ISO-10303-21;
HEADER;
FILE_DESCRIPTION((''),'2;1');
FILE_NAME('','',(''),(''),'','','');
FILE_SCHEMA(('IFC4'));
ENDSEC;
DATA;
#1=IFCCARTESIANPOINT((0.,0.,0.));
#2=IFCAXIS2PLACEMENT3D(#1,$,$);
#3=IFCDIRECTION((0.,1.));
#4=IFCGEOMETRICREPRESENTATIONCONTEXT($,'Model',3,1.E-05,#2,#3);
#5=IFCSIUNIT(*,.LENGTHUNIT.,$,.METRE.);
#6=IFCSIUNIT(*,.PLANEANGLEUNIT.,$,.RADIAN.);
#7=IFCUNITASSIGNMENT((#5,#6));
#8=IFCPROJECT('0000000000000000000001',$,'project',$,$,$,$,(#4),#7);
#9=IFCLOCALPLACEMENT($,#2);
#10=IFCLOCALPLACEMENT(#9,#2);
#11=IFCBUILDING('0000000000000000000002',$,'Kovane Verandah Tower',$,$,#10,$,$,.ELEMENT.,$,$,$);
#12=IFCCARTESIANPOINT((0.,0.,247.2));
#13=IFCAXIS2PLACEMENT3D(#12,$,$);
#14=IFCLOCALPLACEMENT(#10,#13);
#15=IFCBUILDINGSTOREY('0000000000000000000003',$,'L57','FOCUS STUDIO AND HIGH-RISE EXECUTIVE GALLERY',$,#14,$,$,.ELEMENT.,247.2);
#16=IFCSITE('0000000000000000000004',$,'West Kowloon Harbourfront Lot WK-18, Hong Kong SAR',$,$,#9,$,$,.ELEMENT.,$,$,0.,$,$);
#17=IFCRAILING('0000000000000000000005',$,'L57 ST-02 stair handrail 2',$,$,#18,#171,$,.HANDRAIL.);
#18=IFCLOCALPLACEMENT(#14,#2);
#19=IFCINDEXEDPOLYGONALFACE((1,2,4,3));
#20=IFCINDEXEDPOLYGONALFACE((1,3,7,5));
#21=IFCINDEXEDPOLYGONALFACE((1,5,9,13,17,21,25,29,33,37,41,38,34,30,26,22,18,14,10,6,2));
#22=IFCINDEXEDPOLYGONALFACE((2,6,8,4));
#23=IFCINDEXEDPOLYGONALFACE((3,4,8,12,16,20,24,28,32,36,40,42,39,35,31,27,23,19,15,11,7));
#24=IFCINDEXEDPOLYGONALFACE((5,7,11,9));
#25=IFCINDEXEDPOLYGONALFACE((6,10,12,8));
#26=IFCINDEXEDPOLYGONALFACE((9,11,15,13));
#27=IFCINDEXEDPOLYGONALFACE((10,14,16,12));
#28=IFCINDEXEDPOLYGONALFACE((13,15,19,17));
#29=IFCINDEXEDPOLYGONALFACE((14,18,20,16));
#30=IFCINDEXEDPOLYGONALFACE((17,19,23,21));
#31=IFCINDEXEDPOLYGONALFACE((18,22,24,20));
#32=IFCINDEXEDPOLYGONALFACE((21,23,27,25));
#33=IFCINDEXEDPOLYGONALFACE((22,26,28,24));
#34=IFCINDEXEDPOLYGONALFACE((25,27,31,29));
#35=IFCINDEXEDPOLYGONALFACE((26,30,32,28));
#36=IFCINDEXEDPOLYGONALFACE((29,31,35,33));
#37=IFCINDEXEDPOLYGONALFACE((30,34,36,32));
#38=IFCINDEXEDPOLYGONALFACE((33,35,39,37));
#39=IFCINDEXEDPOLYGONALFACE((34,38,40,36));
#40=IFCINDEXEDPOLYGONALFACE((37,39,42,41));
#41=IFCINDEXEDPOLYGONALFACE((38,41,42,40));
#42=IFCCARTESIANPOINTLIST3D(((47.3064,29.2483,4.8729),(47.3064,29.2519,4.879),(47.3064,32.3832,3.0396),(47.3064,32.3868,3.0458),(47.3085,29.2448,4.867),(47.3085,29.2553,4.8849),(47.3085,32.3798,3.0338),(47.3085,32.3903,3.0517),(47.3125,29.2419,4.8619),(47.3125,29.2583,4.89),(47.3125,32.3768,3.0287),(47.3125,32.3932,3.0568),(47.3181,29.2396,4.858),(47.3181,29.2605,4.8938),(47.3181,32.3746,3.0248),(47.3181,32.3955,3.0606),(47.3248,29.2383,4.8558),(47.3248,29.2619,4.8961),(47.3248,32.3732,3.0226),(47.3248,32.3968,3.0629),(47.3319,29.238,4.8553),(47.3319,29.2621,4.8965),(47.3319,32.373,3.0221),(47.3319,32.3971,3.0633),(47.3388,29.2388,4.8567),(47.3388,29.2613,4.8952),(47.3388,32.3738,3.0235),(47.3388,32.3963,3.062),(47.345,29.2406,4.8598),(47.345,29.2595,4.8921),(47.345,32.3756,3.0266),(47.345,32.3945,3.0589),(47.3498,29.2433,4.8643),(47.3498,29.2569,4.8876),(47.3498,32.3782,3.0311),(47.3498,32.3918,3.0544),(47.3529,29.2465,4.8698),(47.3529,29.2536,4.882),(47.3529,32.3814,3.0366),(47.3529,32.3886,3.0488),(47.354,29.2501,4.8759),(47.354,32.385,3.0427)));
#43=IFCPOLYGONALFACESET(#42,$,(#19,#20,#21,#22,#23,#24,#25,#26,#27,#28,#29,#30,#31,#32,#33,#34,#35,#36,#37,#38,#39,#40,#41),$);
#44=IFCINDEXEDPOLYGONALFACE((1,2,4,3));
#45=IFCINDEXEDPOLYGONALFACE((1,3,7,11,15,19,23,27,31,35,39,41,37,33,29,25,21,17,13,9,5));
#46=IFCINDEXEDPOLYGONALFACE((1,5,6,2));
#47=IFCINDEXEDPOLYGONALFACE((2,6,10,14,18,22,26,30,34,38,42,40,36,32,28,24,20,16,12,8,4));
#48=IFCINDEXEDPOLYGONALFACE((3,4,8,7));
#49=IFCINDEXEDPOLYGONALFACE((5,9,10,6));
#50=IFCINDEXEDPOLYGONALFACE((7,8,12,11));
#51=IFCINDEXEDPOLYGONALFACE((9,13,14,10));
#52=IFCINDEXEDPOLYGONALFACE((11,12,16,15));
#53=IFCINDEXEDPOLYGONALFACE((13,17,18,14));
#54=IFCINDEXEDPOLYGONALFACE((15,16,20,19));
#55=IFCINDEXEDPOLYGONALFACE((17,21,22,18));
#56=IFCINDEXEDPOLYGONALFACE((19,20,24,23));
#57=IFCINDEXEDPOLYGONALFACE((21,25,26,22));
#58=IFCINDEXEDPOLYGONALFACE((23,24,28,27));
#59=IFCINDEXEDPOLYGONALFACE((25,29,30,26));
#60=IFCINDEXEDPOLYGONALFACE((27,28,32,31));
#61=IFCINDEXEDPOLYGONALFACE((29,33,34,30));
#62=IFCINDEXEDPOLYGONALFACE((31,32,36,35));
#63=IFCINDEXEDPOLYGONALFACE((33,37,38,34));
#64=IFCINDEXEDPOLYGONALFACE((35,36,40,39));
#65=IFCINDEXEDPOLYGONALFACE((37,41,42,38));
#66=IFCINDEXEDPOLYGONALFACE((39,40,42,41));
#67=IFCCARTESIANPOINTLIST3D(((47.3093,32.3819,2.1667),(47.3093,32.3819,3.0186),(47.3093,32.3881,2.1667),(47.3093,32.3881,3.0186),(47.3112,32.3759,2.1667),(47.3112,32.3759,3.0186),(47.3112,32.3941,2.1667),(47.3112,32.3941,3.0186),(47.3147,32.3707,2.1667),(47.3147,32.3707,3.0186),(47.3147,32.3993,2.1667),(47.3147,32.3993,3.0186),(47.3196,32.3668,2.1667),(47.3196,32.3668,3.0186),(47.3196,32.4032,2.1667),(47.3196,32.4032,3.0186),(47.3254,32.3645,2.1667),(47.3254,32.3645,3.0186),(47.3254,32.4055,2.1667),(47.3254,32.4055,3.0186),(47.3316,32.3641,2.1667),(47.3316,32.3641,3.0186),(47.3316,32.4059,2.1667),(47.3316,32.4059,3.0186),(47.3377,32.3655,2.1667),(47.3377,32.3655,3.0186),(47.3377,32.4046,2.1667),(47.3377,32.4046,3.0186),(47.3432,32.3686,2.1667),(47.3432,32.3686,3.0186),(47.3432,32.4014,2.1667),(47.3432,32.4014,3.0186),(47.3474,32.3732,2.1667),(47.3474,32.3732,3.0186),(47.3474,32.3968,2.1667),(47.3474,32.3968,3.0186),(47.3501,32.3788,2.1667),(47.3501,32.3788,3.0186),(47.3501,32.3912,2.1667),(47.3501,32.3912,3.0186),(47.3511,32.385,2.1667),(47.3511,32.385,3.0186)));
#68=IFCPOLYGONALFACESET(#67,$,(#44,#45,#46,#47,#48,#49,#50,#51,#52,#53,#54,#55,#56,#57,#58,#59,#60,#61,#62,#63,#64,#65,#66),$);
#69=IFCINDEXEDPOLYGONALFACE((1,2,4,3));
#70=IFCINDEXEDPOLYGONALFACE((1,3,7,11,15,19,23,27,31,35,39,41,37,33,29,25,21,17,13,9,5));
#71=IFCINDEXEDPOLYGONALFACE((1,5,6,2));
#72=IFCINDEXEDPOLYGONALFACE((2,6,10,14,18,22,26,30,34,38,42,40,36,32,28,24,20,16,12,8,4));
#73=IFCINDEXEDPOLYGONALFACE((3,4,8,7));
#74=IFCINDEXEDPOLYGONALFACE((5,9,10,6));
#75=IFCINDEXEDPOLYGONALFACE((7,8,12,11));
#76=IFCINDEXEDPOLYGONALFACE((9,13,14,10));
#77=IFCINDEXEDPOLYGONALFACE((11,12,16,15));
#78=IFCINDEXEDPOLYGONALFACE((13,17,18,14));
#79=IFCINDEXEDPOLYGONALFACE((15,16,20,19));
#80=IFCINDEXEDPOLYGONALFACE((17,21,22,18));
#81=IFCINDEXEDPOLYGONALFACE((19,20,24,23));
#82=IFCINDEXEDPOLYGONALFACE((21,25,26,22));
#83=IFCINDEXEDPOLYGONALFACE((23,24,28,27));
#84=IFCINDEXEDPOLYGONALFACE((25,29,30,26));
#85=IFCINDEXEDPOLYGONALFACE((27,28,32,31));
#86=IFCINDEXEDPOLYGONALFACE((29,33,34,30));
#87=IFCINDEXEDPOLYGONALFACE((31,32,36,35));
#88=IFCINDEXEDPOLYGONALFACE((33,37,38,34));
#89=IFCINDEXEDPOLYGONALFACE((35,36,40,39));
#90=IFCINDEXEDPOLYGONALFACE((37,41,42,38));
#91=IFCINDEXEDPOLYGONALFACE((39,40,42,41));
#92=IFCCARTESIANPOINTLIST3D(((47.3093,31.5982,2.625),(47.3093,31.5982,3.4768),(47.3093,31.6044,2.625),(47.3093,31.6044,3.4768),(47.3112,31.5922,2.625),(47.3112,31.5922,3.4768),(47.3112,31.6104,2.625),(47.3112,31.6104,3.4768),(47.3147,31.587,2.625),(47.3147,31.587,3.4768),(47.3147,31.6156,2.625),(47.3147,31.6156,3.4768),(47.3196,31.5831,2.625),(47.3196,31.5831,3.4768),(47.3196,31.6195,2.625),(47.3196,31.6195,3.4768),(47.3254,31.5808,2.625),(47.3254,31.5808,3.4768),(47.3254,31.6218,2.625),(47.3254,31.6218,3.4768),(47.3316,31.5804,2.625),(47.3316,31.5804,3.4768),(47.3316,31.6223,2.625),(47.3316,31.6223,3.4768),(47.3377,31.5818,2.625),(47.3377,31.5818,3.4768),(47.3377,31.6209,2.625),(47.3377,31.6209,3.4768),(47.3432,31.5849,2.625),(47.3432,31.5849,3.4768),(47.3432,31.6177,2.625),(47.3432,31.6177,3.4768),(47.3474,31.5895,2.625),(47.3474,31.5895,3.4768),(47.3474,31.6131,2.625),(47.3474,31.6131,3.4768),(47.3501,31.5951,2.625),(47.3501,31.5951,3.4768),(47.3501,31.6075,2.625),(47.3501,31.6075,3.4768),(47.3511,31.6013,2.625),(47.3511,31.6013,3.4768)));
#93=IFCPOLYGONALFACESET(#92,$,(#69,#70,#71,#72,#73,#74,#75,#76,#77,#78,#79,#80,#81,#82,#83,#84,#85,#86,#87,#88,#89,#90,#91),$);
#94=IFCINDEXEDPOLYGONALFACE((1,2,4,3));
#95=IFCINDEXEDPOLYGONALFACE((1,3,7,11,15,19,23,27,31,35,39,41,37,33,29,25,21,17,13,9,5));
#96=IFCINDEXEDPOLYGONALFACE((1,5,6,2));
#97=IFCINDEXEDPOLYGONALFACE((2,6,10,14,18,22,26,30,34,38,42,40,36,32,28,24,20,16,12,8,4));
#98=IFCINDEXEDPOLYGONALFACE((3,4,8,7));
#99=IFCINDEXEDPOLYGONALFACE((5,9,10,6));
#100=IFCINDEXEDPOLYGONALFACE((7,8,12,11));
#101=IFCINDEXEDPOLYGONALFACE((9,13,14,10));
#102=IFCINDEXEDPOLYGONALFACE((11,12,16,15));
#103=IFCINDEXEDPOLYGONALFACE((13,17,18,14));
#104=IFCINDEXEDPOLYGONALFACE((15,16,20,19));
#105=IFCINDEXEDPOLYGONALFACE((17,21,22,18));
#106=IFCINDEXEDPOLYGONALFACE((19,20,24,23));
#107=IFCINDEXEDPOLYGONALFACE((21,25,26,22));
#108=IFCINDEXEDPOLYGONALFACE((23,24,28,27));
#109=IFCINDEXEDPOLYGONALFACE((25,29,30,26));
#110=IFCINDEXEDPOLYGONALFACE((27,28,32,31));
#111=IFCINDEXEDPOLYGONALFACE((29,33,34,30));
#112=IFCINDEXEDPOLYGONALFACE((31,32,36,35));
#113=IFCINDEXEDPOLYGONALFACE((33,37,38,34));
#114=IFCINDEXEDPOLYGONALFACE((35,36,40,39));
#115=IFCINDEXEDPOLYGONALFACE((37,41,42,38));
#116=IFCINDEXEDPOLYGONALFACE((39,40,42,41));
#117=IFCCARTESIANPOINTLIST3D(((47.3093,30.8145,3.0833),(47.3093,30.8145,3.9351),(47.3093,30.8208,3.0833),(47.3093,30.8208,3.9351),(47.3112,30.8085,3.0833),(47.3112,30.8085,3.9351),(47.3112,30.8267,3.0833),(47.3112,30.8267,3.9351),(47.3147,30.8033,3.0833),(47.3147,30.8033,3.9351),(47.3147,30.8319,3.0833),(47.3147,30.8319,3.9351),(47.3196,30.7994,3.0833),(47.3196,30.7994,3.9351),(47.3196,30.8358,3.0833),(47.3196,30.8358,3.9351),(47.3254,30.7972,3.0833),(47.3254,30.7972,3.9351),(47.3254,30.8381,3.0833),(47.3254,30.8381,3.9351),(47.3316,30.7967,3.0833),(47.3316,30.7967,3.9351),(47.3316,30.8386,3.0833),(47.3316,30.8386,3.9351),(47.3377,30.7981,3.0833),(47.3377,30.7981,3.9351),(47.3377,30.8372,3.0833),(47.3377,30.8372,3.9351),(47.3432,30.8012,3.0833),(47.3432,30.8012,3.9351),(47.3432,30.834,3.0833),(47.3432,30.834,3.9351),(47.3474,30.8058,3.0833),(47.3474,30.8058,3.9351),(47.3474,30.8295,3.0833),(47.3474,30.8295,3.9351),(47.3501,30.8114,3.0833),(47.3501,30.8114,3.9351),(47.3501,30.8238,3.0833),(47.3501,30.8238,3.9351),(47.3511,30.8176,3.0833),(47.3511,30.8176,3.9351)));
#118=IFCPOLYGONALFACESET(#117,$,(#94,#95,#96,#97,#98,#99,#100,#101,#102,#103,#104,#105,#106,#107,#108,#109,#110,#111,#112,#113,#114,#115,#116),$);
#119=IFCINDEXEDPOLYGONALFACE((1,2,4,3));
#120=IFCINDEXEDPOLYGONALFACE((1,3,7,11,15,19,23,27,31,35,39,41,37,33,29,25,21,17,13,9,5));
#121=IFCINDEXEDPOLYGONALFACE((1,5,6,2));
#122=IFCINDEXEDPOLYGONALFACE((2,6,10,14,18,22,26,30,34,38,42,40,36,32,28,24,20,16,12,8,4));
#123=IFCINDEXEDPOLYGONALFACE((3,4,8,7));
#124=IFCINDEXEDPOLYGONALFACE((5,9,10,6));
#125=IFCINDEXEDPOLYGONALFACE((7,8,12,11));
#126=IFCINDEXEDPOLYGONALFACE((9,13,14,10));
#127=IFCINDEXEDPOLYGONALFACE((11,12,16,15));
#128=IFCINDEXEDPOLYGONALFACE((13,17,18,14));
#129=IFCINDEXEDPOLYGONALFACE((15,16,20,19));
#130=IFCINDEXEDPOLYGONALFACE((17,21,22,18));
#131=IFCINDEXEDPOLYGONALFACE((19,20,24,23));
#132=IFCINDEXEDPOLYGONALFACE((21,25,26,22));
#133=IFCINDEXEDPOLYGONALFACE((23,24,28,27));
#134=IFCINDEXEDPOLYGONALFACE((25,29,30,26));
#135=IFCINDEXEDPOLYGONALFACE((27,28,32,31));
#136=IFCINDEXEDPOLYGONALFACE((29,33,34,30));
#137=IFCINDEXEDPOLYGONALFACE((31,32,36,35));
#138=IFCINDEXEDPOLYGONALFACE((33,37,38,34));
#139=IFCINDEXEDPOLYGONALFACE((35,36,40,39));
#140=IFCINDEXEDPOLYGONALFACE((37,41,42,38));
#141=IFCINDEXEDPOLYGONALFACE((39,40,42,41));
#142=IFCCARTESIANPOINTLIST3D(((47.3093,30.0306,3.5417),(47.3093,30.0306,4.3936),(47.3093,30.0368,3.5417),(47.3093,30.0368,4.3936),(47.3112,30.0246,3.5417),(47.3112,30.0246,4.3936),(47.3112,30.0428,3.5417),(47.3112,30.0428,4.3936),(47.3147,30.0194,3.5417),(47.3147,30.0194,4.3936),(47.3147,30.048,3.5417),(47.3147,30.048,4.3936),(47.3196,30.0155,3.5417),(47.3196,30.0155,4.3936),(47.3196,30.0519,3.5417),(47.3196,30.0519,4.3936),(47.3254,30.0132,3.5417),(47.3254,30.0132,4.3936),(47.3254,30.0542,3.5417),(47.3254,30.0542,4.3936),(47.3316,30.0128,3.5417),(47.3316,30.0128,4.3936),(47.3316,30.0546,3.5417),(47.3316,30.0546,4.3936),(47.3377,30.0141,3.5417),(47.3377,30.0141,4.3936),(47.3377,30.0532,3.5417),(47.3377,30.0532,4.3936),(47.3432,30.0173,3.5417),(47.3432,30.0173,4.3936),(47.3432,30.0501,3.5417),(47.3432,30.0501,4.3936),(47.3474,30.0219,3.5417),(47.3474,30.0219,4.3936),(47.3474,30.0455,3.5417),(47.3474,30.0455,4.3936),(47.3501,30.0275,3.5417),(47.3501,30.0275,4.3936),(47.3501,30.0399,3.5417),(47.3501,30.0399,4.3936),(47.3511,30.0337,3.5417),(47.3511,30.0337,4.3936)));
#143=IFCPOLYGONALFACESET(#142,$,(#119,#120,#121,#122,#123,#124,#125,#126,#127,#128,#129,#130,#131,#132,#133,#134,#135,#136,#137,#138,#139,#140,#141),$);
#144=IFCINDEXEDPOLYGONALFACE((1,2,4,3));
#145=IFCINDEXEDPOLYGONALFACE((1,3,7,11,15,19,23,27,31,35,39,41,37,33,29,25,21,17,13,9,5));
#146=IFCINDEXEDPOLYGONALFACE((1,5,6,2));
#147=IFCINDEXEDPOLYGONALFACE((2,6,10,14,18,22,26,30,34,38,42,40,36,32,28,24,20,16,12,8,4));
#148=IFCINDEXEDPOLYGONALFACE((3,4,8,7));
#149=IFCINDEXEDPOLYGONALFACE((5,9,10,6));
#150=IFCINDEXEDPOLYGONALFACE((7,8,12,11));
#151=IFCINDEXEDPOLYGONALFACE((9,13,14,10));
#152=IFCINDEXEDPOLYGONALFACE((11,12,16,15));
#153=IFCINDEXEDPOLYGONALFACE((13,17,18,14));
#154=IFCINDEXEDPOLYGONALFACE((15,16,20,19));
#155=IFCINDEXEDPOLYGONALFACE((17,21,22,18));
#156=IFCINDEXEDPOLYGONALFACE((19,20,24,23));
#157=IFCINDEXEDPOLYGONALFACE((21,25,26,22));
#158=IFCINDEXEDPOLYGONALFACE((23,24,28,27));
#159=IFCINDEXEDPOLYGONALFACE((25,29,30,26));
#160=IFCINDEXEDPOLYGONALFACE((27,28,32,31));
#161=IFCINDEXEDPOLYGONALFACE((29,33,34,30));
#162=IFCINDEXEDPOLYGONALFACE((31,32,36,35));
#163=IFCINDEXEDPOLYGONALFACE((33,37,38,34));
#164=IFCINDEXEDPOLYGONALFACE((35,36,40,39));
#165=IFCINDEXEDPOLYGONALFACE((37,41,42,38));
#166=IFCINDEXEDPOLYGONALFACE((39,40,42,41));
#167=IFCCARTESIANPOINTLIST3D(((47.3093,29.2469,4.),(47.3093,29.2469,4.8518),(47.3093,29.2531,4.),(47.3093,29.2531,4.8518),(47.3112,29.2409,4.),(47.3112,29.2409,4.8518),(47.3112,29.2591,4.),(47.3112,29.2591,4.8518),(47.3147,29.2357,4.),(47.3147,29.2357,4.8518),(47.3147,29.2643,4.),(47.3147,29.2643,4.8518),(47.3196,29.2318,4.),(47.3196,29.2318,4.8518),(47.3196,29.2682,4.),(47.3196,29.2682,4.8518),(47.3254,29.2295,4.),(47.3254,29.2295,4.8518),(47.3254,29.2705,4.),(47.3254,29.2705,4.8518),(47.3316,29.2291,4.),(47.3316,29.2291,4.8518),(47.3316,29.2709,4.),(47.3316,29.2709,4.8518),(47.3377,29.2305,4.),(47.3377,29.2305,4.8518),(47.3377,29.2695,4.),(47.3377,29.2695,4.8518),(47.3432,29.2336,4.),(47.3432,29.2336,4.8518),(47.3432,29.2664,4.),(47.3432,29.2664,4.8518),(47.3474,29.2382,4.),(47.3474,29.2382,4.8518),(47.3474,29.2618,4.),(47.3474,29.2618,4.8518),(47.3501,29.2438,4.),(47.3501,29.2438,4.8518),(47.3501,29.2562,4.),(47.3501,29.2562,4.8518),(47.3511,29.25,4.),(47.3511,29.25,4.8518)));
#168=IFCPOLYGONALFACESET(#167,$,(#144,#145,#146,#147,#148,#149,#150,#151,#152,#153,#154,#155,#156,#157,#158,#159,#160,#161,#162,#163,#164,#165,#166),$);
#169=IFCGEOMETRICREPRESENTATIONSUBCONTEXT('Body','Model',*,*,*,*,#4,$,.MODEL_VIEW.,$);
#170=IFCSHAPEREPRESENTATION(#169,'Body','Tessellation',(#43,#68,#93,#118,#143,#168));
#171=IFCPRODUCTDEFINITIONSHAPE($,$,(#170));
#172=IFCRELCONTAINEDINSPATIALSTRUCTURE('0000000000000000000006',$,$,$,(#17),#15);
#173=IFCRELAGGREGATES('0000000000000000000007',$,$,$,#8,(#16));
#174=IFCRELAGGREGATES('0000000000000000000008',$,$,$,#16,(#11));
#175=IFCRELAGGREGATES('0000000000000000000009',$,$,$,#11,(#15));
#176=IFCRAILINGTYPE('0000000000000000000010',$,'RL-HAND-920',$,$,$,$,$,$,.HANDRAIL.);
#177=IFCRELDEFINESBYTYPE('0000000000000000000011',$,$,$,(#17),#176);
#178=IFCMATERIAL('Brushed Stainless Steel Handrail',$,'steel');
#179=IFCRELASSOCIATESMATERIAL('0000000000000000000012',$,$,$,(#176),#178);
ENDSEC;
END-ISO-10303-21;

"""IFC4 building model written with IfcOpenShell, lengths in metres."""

from ifc_helpers import new_model, si_unit, direction, frame, origin, origin_2d, place, context, subcontext, project, spatial, circle, extrude, material, type_object, element, save


model = new_model("IFC4")

# Units and contexts
model_context = context("Model", 3, precision=1e-05, world=origin(), true_north=direction((0.0, 1.0)))
body_context = subcontext(model_context, "Body", "Model", "MODEL_VIEW")
ifc_project = project(units=[si_unit("LENGTHUNIT", "METRE"), si_unit("PLANEANGLEUNIT", "RADIAN")], contexts=[model_context])

# Site, building, storey
site_placement = place(None, origin())
site = spatial("IfcSite", under=ifc_project, at=site_placement, Name="West Kowloon Harbourfront Lot WK-18, Hong Kong SAR", CompositionType="ELEMENT", RefElevation=0.0)
building_placement = place(site_placement, origin())
building = spatial("IfcBuilding", under=site, at=building_placement, Name="Kovane Verandah Tower", CompositionType="ELEMENT")
storey_placement = place(building_placement, frame((0.0, 0.0, 247.2)))
storey = spatial("IfcBuildingStorey", under=building, at=storey_placement, Name="L57", Description="FOCUS STUDIO AND HIGH-RISE EXECUTIVE GALLERY", CompositionType="ELEMENT", Elevation=247.2)

# Railing
ifc_material_1 = material(Name="Brushed Stainless Steel Handrail", Category="steel")
railing_type_1 = type_object("IfcRailingType", Name="RL-HAND-920", PredefinedType="HANDRAIL", material=ifc_material_1)
railing_1_placement = place(storey_placement, frame((47.3301, 32.385, 2.1667)))
element("IfcRailing", 1, at=railing_1_placement, inside=storey, type_object=railing_type_1, Name="L57 ST-02 stair handrail 2", PredefinedType="HANDRAIL", context=body_context, shape_type="SweptSolid", body=[
    extrude(circle(Radius=0.0239, at=origin_2d()), frame((0.0, 0.0, 0.876), z_axis=(0.0, -0.86324, 0.504794), x_axis=(1.0, 0.0, 0.0)), (0.0, 0.0, 1.0), 3.6316),
    extrude(circle(Radius=0.021, at=origin_2d()), origin(), (0.0, 0.0, 1.0), 0.8518),
    extrude(circle(Radius=0.021, at=origin_2d()), frame((0.0, -0.7837, 0.4583)), (0.0, 0.0, 1.0), 0.8518),
    extrude(circle(Radius=0.021, at=origin_2d()), frame((0.0, -1.5674, 0.9165)), (0.0, 0.0, 1.0), 0.8518),
    extrude(circle(Radius=0.021, at=origin_2d()), frame((0.0, -2.3513, 1.375)), (0.0, 0.0, 1.0), 0.8518),
    extrude(circle(Radius=0.021, at=origin_2d()), frame((0.0, -3.135, 1.8333)), (0.0, 0.0, 1.0), 0.8518),
])

save(model, "model.ifc")
